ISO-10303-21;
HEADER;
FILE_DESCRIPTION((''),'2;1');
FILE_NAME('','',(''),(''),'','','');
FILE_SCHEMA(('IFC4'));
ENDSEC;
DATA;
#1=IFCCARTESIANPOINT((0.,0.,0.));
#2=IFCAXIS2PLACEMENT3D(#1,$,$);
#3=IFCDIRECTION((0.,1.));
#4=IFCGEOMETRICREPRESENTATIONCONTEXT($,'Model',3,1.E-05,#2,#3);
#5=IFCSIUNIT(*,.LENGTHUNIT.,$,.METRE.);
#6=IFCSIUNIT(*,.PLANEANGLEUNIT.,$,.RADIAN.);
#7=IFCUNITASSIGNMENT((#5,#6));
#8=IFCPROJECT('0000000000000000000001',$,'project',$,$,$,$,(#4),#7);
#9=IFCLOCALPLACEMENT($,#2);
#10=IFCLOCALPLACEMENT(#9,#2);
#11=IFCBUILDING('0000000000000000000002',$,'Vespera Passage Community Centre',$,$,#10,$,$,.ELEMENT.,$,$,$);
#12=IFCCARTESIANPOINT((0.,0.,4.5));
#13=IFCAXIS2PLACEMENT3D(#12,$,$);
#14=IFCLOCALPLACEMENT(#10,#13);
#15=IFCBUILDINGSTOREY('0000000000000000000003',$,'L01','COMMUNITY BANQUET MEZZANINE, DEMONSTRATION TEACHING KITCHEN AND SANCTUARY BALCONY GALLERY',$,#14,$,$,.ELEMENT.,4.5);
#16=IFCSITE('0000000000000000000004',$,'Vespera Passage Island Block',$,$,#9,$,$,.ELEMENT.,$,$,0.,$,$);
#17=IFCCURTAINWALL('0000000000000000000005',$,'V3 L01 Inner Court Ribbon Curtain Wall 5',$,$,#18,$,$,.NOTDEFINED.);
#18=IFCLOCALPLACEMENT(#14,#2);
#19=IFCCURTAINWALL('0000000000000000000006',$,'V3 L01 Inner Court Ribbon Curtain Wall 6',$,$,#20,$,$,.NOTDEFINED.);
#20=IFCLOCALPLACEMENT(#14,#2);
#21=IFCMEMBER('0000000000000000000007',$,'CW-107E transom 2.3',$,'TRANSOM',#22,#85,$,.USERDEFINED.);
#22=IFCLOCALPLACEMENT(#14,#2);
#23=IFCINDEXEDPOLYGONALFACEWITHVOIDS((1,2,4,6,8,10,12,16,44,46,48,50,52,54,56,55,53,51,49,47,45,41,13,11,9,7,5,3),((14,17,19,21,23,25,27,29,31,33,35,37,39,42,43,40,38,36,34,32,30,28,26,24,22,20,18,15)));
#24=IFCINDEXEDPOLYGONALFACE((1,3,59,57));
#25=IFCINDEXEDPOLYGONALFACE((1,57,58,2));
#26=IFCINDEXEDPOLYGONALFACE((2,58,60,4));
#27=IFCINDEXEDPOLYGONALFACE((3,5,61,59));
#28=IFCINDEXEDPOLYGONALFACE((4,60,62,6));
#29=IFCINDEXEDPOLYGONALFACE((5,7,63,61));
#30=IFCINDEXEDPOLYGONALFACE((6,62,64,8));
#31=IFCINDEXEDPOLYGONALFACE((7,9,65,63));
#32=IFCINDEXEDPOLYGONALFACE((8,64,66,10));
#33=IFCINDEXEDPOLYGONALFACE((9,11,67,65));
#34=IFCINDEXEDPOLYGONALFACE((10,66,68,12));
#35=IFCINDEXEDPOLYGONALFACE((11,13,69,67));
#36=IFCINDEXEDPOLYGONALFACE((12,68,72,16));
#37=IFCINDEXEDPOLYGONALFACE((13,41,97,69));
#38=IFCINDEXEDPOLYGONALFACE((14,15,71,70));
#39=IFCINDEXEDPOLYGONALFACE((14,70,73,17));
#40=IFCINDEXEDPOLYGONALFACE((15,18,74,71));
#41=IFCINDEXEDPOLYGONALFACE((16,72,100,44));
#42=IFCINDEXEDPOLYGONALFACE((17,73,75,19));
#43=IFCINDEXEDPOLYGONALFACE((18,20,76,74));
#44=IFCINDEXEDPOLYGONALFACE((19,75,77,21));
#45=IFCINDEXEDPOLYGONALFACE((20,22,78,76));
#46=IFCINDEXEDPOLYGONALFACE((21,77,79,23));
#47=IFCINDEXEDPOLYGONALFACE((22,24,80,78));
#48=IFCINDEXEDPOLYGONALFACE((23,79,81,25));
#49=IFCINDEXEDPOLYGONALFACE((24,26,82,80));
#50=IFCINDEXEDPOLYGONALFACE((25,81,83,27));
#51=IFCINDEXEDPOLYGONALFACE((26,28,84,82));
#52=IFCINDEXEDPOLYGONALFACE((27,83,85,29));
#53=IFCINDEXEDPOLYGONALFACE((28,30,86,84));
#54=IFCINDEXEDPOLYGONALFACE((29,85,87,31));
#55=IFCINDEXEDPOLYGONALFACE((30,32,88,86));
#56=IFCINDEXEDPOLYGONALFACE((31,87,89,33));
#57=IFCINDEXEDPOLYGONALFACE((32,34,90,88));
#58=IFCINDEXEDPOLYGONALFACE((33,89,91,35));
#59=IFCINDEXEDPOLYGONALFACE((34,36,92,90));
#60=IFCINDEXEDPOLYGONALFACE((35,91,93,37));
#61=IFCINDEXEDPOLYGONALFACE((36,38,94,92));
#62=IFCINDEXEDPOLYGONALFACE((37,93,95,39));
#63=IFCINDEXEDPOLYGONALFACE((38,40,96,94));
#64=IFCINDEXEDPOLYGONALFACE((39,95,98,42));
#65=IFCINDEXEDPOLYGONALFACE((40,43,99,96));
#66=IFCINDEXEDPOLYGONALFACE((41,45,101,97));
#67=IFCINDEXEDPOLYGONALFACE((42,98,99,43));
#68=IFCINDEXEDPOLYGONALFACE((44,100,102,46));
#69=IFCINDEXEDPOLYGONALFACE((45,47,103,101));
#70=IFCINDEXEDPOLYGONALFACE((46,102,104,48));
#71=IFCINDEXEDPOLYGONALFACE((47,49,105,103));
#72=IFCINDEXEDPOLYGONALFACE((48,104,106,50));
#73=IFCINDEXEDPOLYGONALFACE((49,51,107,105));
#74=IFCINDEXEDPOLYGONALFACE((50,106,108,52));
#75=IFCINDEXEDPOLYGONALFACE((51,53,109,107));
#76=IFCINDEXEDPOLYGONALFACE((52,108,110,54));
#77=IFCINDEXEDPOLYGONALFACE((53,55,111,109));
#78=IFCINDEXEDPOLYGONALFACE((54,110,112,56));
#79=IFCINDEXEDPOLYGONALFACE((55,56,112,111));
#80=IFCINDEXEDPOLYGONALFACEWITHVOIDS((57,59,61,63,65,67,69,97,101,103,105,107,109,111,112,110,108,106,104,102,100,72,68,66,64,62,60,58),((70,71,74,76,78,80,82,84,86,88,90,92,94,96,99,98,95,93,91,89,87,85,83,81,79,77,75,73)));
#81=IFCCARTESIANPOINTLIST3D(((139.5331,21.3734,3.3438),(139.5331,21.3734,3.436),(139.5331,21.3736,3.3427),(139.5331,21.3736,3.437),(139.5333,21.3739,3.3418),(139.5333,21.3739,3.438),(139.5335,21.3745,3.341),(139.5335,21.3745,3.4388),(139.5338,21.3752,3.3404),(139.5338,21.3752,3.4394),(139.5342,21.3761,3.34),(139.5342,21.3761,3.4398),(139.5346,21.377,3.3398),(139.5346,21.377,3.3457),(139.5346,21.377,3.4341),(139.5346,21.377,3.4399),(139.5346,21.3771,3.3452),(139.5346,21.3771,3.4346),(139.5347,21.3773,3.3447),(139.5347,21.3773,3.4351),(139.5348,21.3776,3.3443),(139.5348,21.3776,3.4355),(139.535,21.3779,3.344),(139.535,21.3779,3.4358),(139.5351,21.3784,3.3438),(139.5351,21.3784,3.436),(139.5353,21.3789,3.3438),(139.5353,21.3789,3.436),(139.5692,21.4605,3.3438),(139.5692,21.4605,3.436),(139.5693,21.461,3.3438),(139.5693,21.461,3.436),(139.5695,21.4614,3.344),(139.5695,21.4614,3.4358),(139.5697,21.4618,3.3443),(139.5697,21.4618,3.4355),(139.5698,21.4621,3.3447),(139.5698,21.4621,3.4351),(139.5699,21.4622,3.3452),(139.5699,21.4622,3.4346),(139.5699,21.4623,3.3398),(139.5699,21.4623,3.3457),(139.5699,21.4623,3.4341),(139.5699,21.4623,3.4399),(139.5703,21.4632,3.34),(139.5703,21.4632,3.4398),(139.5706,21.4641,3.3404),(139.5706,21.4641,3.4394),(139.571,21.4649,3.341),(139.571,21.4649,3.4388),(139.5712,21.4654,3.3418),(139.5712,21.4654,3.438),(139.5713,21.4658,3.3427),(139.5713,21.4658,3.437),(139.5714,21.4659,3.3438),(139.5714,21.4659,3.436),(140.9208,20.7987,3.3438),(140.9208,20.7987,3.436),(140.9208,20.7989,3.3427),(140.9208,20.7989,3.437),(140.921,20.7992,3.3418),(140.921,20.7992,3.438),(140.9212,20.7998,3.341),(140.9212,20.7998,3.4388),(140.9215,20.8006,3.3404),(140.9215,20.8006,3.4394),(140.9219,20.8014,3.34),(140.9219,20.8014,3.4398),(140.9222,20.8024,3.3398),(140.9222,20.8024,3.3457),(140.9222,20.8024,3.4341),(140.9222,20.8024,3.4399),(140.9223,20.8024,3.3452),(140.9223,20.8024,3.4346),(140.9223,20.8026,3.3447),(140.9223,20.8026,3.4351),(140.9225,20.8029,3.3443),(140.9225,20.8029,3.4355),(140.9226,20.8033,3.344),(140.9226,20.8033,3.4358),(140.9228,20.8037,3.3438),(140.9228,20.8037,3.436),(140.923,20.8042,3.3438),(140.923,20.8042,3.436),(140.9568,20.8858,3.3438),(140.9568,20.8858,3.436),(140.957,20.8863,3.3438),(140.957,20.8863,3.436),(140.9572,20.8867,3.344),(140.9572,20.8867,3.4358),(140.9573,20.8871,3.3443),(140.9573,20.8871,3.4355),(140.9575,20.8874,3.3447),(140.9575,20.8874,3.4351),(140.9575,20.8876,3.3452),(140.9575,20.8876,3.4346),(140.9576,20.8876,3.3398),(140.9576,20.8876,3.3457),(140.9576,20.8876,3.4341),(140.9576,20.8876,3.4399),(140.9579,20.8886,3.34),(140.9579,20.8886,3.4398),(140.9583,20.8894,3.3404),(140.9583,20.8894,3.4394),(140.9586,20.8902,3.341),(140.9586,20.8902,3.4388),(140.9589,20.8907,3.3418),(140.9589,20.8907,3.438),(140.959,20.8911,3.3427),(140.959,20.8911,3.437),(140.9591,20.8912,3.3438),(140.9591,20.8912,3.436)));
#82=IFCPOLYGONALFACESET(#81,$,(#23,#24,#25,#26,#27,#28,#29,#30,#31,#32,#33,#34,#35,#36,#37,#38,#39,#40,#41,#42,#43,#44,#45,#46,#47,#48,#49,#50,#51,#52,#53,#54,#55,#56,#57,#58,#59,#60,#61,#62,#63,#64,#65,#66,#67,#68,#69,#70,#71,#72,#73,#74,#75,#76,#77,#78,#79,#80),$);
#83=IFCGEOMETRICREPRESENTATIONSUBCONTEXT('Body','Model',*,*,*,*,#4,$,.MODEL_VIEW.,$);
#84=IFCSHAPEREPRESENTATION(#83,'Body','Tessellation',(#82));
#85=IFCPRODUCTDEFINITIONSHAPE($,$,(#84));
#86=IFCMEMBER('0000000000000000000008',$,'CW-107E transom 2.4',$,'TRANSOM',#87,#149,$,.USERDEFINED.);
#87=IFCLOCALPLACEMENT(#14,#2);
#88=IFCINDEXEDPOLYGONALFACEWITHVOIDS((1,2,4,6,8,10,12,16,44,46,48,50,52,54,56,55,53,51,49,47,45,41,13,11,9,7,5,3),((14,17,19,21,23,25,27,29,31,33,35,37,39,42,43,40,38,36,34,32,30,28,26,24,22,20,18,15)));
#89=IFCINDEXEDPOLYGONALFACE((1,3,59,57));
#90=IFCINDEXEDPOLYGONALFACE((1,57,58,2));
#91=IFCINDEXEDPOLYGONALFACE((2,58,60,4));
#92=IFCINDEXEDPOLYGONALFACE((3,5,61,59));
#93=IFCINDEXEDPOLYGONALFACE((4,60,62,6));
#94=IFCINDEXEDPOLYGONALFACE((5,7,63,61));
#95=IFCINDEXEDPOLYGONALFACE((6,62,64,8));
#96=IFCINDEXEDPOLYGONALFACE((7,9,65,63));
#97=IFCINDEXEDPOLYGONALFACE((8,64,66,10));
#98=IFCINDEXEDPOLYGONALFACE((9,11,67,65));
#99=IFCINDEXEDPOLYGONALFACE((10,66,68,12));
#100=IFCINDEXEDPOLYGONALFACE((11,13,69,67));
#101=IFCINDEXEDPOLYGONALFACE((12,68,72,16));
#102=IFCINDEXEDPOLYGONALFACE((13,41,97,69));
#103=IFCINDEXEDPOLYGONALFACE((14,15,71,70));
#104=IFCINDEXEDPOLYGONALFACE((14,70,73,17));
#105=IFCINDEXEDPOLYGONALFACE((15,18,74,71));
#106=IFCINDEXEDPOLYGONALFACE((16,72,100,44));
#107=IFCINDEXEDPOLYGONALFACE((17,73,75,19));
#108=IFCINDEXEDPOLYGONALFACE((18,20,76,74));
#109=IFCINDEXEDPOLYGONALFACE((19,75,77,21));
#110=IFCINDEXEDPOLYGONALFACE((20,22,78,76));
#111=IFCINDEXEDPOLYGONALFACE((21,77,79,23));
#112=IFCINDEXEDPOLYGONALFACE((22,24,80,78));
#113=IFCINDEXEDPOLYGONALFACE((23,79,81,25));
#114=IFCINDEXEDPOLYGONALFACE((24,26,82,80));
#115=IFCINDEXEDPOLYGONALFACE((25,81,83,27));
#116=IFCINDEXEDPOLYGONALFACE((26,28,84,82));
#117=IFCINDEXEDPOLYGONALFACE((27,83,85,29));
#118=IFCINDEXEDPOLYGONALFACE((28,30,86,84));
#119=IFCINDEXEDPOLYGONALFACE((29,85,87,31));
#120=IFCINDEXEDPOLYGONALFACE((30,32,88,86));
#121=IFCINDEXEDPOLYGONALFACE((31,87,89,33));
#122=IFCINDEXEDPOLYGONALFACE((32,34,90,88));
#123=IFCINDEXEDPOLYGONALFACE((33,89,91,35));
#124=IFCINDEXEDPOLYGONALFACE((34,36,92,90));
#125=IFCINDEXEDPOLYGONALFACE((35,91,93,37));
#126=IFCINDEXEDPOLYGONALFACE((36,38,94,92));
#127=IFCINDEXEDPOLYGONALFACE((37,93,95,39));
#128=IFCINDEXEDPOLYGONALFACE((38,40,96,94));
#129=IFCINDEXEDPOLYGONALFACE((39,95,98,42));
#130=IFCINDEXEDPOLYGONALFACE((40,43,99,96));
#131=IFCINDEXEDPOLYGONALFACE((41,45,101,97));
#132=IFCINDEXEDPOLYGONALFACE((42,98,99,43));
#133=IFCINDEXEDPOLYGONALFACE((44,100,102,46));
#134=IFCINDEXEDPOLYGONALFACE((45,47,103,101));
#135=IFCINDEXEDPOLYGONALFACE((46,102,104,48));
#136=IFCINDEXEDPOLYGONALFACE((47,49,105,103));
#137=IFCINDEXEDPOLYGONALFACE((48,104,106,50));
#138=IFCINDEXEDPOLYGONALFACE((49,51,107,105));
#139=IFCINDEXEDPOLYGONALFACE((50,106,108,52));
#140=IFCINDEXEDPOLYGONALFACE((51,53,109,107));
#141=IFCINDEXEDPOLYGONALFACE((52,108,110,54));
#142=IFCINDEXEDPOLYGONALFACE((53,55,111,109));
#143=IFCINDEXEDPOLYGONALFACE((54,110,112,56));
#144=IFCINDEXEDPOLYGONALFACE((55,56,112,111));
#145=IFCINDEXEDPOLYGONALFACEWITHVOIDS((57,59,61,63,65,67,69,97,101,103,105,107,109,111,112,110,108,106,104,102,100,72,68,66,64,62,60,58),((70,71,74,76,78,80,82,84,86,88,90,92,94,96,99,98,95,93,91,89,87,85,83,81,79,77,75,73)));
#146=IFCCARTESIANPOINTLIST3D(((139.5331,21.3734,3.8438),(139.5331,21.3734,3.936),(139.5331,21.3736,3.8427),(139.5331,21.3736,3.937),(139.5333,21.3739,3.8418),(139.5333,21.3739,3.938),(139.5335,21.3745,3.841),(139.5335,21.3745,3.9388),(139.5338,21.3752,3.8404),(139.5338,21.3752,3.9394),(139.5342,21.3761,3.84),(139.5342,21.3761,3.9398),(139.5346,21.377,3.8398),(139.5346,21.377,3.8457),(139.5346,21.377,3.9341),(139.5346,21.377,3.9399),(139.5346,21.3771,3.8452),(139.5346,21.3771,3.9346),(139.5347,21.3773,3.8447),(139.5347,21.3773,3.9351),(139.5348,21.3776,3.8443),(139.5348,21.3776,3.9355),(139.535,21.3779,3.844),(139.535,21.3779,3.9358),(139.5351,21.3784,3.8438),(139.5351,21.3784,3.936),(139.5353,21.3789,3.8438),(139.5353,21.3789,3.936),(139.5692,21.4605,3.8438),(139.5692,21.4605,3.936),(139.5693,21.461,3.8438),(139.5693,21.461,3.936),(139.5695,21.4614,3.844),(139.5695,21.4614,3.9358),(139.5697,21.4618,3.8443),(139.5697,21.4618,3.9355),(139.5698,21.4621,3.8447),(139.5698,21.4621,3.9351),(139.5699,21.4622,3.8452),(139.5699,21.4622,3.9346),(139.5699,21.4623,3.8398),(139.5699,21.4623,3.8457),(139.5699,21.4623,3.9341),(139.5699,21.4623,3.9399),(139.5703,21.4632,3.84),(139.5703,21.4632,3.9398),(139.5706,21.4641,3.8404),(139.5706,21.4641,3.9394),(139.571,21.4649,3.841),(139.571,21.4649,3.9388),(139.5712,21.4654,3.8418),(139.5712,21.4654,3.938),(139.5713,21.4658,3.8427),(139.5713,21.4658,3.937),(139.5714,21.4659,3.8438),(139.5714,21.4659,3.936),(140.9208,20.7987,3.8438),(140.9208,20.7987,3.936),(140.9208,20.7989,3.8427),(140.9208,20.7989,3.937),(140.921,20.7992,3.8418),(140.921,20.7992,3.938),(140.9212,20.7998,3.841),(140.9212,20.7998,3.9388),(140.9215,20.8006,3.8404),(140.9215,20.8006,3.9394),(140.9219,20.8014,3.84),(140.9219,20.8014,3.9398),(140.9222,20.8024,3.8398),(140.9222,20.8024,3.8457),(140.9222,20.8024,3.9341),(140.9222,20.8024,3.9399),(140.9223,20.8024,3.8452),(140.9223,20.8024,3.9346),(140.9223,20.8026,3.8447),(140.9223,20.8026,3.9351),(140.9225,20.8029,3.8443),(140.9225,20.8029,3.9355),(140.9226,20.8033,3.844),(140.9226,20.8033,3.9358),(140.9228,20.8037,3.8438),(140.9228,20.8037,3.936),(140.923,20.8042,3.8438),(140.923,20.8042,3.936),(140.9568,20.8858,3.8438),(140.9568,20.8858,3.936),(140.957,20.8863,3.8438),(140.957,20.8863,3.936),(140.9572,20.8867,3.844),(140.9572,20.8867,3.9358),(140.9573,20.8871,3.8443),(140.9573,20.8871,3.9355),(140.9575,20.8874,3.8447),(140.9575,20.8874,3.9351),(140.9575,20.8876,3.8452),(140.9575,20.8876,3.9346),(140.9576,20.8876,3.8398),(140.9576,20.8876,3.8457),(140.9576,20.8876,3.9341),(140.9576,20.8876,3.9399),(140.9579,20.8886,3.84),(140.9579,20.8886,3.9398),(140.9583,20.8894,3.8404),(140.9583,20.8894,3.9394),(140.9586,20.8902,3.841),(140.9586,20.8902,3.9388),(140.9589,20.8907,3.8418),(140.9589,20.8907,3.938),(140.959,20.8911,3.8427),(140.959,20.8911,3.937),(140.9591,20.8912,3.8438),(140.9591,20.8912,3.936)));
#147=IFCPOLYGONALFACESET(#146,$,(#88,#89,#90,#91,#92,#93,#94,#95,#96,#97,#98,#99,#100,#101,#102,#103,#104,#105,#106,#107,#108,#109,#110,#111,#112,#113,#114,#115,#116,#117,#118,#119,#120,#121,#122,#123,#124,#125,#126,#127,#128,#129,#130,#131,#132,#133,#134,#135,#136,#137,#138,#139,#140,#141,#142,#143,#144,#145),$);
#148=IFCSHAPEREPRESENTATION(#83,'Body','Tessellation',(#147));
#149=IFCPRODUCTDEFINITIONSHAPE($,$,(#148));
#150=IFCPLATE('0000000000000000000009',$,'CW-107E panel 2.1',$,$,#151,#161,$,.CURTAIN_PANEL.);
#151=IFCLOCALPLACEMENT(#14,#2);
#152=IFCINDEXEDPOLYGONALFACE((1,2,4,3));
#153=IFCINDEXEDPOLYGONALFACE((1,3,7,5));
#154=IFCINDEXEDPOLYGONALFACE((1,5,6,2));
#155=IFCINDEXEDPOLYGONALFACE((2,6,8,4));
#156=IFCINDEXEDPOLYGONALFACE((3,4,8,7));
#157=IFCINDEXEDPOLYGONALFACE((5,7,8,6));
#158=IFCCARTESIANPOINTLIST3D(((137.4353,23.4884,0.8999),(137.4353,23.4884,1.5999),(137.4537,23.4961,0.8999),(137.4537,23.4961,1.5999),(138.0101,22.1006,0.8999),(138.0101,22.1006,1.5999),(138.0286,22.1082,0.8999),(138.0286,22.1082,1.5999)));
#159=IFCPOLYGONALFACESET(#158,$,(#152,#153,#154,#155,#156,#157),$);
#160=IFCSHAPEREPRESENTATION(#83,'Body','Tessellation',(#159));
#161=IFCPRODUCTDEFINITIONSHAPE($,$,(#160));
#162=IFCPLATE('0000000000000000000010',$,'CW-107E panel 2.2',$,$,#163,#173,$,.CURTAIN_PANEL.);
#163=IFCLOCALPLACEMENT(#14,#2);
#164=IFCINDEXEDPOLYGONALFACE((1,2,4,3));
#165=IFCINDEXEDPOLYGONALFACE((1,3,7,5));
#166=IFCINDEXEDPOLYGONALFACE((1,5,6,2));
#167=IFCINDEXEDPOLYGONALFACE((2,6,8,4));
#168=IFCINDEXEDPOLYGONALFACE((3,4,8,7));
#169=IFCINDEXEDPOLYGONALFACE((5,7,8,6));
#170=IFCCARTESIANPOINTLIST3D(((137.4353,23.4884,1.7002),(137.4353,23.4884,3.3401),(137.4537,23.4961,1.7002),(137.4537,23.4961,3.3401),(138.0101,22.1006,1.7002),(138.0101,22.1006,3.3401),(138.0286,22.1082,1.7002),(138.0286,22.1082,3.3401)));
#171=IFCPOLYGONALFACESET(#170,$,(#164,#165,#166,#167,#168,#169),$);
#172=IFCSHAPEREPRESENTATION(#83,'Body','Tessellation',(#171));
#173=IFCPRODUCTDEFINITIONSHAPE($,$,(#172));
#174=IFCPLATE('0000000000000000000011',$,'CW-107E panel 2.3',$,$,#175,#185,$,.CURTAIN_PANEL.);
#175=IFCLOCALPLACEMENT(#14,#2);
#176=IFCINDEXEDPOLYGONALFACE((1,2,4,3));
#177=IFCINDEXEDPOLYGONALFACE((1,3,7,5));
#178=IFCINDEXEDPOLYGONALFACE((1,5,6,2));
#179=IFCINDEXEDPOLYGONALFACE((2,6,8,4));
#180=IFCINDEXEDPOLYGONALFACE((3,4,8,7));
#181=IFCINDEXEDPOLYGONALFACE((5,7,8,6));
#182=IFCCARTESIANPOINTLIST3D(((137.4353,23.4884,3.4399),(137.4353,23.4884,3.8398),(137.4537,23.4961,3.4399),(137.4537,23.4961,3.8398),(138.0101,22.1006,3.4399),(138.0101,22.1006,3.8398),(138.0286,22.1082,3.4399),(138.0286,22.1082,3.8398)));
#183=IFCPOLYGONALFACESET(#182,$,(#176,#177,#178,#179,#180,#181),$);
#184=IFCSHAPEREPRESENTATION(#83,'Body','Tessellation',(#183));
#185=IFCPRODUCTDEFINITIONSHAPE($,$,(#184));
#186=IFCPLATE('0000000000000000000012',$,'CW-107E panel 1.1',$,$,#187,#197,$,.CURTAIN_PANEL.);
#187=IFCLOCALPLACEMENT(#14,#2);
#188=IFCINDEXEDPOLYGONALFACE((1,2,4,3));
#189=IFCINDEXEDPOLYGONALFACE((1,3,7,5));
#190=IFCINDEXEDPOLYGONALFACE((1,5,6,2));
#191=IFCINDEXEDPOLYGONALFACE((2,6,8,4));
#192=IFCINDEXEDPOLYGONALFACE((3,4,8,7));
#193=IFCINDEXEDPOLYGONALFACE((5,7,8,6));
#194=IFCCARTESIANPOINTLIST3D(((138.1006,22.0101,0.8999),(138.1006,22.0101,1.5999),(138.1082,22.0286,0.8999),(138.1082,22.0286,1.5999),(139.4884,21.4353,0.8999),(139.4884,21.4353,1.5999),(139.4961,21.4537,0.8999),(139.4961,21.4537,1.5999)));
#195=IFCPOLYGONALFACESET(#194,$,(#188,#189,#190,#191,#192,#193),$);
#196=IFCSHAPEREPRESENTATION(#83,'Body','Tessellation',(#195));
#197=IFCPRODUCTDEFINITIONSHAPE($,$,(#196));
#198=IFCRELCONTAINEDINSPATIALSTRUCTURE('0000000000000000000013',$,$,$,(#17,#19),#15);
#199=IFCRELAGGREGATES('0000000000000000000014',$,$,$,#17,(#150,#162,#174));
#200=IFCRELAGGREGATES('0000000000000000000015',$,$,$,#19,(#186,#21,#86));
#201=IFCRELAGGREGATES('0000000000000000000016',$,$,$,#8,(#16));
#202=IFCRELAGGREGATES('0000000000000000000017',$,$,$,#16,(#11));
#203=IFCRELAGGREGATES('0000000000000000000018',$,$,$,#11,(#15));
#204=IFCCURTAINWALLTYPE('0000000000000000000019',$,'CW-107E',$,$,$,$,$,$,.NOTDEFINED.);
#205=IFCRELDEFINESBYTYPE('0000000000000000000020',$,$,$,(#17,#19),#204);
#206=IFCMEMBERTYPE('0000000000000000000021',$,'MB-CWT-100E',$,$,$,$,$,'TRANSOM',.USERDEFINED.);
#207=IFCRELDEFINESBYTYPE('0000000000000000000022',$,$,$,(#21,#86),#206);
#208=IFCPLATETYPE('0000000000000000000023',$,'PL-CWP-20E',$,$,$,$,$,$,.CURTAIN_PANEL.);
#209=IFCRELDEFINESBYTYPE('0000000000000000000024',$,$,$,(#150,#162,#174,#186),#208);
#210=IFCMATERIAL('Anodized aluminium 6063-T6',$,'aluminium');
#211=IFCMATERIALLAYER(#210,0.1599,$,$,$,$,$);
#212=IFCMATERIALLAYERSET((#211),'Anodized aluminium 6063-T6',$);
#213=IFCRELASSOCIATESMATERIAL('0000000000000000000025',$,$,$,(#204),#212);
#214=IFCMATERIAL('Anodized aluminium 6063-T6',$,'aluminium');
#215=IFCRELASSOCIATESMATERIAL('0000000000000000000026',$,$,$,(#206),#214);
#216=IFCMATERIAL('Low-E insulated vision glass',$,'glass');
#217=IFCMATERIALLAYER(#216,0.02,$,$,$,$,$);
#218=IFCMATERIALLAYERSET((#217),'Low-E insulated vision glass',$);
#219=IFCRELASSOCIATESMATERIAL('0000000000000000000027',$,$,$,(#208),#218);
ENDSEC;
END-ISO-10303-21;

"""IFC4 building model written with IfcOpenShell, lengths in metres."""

from ifc_helpers import new_model, si_unit, direction, frame, origin, origin_2d, place, context, subcontext, project, spatial, rectangle, hollow_rectangle, extrude, material, layer, layer_set, material_profile, profile_set, type_object, element, aggregate, save


model = new_model("IFC4")

# Units and contexts
model_context = context("Model", 3, precision=1e-05, world=origin(), true_north=direction((0.0, 1.0)))
body_context = subcontext(model_context, "Body", "Model", "MODEL_VIEW")
ifc_project = project(units=[si_unit("LENGTHUNIT", "METRE"), si_unit("PLANEANGLEUNIT", "RADIAN")], contexts=[model_context])

# Site, building, storey
site_placement = place(None, origin())
site = spatial("IfcSite", under=ifc_project, at=site_placement, Name="Vespera Passage Island Block", CompositionType="ELEMENT", RefElevation=0.0)
building_placement = place(site_placement, origin())
building = spatial("IfcBuilding", under=site, at=building_placement, Name="Vespera Passage Community Centre", CompositionType="ELEMENT")
storey_placement = place(building_placement, frame((0.0, 0.0, 4.5)))
storey = spatial("IfcBuildingStorey", under=building, at=storey_placement, Name="L01", Description="COMMUNITY BANQUET MEZZANINE, DEMONSTRATION TEACHING KITCHEN AND SANCTUARY BALCONY GALLERY", CompositionType="ELEMENT", Elevation=4.5)

# Curtain wall
ifc_material_1 = material(Name="Anodized aluminium 6063-T6", Category="aluminium")
ifc_layer_1 = layer(ifc_material_1, 0.1599)
ifc_layer_set_1 = layer_set([ifc_layer_1], Name="Anodized aluminium 6063-T6")
curtain_wall_type = type_object("IfcCurtainWallType", Name="CW-107E", PredefinedType="NOTDEFINED", material=ifc_layer_set_1)
curtain_wall_1_placement = place(storey_placement, origin())
curtain_wall_1 = element("IfcCurtainWall", 1, at=curtain_wall_1_placement, inside=storey, type_object=curtain_wall_type, Name="V3 L01 Inner Court Ribbon Curtain Wall 5", PredefinedType="NOTDEFINED")

# Curtain wall, members
curtain_wall_2_placement = place(storey_placement, origin())
curtain_wall_2 = element("IfcCurtainWall", 2, at=curtain_wall_2_placement, inside=storey, type_object=curtain_wall_type, Name="V3 L01 Inner Court Ribbon Curtain Wall 6", PredefinedType="NOTDEFINED")
ifc_material_2 = material(Name="Anodized aluminium 6063-T6", Category="aluminium")
ifc_material_profile_1 = material_profile(ifc_material_2, hollow_rectangle(XDim=0.1001, YDim=0.1001, WallThickness=0.0039, InnerFilletRadius=0.002, OuterFilletRadius=0.0039, at=origin_2d()), Name="ALU100X100X4")
ifc_profile_set_1 = profile_set([ifc_material_profile_1], Name="Anodized aluminium 6063-T6")
member_type_1 = type_object("IfcMemberType", Name="MB-CWT-100E", ElementType="TRANSOM", PredefinedType="USERDEFINED", material=ifc_profile_set_1)
member_1_placement = place(storey_placement, frame((139.5522, 21.4197, 3.3899), z_axis=(0.923902, -0.382629, 0.0), x_axis=(0.382629, 0.923902, 0.0)))
member_1 = element("IfcMember", 3, at=member_1_placement, type_object=member_type_1, Name="CW-107E transom 2.3", ObjectType="TRANSOM", PredefinedType="USERDEFINED", context=body_context, shape_type="SweptSolid", body=[
    extrude(hollow_rectangle(XDim=0.1001, YDim=0.1001, WallThickness=0.0039, InnerFilletRadius=0.002, OuterFilletRadius=0.0039, at=origin_2d()), origin(), (0.0, 0.0, 1.0), 1.502),
])
member_2_placement = place(storey_placement, frame((139.5522, 21.4197, 3.8899), z_axis=(0.923902, -0.382629, 0.0), x_axis=(0.382629, 0.923902, 0.0)))
member_2 = element("IfcMember", 4, at=member_2_placement, type_object=member_type_1, Name="CW-107E transom 2.4", ObjectType="TRANSOM", PredefinedType="USERDEFINED", context=body_context, shape_type="SweptSolid", body=[
    extrude(hollow_rectangle(XDim=0.1001, YDim=0.1001, WallThickness=0.0039, InnerFilletRadius=0.002, OuterFilletRadius=0.0039, at=origin_2d()), origin(), (0.0, 0.0, 1.0), 1.502),
])

# Plates
ifc_material_3 = material(Name="Low-E insulated vision glass", Category="glass")
ifc_layer_2 = layer(ifc_material_3, 0.02)
ifc_layer_set_2 = layer_set([ifc_layer_2], Name="Low-E insulated vision glass")
plate_type = type_object("IfcPlateType", Name="PL-CWP-20E", PredefinedType="CURTAIN_PANEL", material=ifc_layer_set_2)
plate_1_placement = place(storey_placement, frame((137.7319, 22.7983, 0.8999), z_axis=(0.0, 0.0, 1.0), x_axis=(0.382686, -0.923879, 0.0)))
plate_1 = element("IfcPlate", 5, at=plate_1_placement, type_object=plate_type, Name="CW-107E panel 2.1", PredefinedType="CURTAIN_PANEL", context=body_context, shape_type="SweptSolid", body=[
    extrude(rectangle(XDim=1.5022, YDim=0.02, at=origin_2d()), origin(), (0.0, 0.0, 1.0), 0.7),
])
plate_2_placement = place(storey_placement, frame((137.7319, 22.7983, 1.7002), z_axis=(0.0, 0.0, 1.0), x_axis=(0.382686, -0.923879, 0.0)))
plate_2 = element("IfcPlate", 6, at=plate_2_placement, type_object=plate_type, Name="CW-107E panel 2.2", PredefinedType="CURTAIN_PANEL", context=body_context, shape_type="SweptSolid", body=[
    extrude(rectangle(XDim=1.5022, YDim=0.02, at=origin_2d()), origin(), (0.0, 0.0, 1.0), 1.6399),
])
plate_3_placement = place(storey_placement, frame((137.7319, 22.7983, 3.4399), z_axis=(0.0, 0.0, 1.0), x_axis=(0.382686, -0.923879, 0.0)))
plate_3 = element("IfcPlate", 7, at=plate_3_placement, type_object=plate_type, Name="CW-107E panel 2.3", PredefinedType="CURTAIN_PANEL", context=body_context, shape_type="SweptSolid", body=[
    extrude(rectangle(XDim=1.5022, YDim=0.02, at=origin_2d()), origin(), (0.0, 0.0, 1.0), 0.3999),
])
aggregate(curtain_wall_1, [plate_1, plate_2, plate_3])
plate_4_placement = place(storey_placement, frame((138.7983, 21.7319, 0.8999), z_axis=(0.0, 0.0, 1.0), x_axis=(0.923879, -0.382686, 0.0)))
plate_4 = element("IfcPlate", 8, at=plate_4_placement, type_object=plate_type, Name="CW-107E panel 1.1", PredefinedType="CURTAIN_PANEL", context=body_context, shape_type="SweptSolid", body=[
    extrude(rectangle(XDim=1.5022, YDim=0.02, at=origin_2d()), origin(), (0.0, 0.0, 1.0), 0.7),
])
aggregate(curtain_wall_2, [plate_4, member_1, member_2])

save(model, "model.ifc")
